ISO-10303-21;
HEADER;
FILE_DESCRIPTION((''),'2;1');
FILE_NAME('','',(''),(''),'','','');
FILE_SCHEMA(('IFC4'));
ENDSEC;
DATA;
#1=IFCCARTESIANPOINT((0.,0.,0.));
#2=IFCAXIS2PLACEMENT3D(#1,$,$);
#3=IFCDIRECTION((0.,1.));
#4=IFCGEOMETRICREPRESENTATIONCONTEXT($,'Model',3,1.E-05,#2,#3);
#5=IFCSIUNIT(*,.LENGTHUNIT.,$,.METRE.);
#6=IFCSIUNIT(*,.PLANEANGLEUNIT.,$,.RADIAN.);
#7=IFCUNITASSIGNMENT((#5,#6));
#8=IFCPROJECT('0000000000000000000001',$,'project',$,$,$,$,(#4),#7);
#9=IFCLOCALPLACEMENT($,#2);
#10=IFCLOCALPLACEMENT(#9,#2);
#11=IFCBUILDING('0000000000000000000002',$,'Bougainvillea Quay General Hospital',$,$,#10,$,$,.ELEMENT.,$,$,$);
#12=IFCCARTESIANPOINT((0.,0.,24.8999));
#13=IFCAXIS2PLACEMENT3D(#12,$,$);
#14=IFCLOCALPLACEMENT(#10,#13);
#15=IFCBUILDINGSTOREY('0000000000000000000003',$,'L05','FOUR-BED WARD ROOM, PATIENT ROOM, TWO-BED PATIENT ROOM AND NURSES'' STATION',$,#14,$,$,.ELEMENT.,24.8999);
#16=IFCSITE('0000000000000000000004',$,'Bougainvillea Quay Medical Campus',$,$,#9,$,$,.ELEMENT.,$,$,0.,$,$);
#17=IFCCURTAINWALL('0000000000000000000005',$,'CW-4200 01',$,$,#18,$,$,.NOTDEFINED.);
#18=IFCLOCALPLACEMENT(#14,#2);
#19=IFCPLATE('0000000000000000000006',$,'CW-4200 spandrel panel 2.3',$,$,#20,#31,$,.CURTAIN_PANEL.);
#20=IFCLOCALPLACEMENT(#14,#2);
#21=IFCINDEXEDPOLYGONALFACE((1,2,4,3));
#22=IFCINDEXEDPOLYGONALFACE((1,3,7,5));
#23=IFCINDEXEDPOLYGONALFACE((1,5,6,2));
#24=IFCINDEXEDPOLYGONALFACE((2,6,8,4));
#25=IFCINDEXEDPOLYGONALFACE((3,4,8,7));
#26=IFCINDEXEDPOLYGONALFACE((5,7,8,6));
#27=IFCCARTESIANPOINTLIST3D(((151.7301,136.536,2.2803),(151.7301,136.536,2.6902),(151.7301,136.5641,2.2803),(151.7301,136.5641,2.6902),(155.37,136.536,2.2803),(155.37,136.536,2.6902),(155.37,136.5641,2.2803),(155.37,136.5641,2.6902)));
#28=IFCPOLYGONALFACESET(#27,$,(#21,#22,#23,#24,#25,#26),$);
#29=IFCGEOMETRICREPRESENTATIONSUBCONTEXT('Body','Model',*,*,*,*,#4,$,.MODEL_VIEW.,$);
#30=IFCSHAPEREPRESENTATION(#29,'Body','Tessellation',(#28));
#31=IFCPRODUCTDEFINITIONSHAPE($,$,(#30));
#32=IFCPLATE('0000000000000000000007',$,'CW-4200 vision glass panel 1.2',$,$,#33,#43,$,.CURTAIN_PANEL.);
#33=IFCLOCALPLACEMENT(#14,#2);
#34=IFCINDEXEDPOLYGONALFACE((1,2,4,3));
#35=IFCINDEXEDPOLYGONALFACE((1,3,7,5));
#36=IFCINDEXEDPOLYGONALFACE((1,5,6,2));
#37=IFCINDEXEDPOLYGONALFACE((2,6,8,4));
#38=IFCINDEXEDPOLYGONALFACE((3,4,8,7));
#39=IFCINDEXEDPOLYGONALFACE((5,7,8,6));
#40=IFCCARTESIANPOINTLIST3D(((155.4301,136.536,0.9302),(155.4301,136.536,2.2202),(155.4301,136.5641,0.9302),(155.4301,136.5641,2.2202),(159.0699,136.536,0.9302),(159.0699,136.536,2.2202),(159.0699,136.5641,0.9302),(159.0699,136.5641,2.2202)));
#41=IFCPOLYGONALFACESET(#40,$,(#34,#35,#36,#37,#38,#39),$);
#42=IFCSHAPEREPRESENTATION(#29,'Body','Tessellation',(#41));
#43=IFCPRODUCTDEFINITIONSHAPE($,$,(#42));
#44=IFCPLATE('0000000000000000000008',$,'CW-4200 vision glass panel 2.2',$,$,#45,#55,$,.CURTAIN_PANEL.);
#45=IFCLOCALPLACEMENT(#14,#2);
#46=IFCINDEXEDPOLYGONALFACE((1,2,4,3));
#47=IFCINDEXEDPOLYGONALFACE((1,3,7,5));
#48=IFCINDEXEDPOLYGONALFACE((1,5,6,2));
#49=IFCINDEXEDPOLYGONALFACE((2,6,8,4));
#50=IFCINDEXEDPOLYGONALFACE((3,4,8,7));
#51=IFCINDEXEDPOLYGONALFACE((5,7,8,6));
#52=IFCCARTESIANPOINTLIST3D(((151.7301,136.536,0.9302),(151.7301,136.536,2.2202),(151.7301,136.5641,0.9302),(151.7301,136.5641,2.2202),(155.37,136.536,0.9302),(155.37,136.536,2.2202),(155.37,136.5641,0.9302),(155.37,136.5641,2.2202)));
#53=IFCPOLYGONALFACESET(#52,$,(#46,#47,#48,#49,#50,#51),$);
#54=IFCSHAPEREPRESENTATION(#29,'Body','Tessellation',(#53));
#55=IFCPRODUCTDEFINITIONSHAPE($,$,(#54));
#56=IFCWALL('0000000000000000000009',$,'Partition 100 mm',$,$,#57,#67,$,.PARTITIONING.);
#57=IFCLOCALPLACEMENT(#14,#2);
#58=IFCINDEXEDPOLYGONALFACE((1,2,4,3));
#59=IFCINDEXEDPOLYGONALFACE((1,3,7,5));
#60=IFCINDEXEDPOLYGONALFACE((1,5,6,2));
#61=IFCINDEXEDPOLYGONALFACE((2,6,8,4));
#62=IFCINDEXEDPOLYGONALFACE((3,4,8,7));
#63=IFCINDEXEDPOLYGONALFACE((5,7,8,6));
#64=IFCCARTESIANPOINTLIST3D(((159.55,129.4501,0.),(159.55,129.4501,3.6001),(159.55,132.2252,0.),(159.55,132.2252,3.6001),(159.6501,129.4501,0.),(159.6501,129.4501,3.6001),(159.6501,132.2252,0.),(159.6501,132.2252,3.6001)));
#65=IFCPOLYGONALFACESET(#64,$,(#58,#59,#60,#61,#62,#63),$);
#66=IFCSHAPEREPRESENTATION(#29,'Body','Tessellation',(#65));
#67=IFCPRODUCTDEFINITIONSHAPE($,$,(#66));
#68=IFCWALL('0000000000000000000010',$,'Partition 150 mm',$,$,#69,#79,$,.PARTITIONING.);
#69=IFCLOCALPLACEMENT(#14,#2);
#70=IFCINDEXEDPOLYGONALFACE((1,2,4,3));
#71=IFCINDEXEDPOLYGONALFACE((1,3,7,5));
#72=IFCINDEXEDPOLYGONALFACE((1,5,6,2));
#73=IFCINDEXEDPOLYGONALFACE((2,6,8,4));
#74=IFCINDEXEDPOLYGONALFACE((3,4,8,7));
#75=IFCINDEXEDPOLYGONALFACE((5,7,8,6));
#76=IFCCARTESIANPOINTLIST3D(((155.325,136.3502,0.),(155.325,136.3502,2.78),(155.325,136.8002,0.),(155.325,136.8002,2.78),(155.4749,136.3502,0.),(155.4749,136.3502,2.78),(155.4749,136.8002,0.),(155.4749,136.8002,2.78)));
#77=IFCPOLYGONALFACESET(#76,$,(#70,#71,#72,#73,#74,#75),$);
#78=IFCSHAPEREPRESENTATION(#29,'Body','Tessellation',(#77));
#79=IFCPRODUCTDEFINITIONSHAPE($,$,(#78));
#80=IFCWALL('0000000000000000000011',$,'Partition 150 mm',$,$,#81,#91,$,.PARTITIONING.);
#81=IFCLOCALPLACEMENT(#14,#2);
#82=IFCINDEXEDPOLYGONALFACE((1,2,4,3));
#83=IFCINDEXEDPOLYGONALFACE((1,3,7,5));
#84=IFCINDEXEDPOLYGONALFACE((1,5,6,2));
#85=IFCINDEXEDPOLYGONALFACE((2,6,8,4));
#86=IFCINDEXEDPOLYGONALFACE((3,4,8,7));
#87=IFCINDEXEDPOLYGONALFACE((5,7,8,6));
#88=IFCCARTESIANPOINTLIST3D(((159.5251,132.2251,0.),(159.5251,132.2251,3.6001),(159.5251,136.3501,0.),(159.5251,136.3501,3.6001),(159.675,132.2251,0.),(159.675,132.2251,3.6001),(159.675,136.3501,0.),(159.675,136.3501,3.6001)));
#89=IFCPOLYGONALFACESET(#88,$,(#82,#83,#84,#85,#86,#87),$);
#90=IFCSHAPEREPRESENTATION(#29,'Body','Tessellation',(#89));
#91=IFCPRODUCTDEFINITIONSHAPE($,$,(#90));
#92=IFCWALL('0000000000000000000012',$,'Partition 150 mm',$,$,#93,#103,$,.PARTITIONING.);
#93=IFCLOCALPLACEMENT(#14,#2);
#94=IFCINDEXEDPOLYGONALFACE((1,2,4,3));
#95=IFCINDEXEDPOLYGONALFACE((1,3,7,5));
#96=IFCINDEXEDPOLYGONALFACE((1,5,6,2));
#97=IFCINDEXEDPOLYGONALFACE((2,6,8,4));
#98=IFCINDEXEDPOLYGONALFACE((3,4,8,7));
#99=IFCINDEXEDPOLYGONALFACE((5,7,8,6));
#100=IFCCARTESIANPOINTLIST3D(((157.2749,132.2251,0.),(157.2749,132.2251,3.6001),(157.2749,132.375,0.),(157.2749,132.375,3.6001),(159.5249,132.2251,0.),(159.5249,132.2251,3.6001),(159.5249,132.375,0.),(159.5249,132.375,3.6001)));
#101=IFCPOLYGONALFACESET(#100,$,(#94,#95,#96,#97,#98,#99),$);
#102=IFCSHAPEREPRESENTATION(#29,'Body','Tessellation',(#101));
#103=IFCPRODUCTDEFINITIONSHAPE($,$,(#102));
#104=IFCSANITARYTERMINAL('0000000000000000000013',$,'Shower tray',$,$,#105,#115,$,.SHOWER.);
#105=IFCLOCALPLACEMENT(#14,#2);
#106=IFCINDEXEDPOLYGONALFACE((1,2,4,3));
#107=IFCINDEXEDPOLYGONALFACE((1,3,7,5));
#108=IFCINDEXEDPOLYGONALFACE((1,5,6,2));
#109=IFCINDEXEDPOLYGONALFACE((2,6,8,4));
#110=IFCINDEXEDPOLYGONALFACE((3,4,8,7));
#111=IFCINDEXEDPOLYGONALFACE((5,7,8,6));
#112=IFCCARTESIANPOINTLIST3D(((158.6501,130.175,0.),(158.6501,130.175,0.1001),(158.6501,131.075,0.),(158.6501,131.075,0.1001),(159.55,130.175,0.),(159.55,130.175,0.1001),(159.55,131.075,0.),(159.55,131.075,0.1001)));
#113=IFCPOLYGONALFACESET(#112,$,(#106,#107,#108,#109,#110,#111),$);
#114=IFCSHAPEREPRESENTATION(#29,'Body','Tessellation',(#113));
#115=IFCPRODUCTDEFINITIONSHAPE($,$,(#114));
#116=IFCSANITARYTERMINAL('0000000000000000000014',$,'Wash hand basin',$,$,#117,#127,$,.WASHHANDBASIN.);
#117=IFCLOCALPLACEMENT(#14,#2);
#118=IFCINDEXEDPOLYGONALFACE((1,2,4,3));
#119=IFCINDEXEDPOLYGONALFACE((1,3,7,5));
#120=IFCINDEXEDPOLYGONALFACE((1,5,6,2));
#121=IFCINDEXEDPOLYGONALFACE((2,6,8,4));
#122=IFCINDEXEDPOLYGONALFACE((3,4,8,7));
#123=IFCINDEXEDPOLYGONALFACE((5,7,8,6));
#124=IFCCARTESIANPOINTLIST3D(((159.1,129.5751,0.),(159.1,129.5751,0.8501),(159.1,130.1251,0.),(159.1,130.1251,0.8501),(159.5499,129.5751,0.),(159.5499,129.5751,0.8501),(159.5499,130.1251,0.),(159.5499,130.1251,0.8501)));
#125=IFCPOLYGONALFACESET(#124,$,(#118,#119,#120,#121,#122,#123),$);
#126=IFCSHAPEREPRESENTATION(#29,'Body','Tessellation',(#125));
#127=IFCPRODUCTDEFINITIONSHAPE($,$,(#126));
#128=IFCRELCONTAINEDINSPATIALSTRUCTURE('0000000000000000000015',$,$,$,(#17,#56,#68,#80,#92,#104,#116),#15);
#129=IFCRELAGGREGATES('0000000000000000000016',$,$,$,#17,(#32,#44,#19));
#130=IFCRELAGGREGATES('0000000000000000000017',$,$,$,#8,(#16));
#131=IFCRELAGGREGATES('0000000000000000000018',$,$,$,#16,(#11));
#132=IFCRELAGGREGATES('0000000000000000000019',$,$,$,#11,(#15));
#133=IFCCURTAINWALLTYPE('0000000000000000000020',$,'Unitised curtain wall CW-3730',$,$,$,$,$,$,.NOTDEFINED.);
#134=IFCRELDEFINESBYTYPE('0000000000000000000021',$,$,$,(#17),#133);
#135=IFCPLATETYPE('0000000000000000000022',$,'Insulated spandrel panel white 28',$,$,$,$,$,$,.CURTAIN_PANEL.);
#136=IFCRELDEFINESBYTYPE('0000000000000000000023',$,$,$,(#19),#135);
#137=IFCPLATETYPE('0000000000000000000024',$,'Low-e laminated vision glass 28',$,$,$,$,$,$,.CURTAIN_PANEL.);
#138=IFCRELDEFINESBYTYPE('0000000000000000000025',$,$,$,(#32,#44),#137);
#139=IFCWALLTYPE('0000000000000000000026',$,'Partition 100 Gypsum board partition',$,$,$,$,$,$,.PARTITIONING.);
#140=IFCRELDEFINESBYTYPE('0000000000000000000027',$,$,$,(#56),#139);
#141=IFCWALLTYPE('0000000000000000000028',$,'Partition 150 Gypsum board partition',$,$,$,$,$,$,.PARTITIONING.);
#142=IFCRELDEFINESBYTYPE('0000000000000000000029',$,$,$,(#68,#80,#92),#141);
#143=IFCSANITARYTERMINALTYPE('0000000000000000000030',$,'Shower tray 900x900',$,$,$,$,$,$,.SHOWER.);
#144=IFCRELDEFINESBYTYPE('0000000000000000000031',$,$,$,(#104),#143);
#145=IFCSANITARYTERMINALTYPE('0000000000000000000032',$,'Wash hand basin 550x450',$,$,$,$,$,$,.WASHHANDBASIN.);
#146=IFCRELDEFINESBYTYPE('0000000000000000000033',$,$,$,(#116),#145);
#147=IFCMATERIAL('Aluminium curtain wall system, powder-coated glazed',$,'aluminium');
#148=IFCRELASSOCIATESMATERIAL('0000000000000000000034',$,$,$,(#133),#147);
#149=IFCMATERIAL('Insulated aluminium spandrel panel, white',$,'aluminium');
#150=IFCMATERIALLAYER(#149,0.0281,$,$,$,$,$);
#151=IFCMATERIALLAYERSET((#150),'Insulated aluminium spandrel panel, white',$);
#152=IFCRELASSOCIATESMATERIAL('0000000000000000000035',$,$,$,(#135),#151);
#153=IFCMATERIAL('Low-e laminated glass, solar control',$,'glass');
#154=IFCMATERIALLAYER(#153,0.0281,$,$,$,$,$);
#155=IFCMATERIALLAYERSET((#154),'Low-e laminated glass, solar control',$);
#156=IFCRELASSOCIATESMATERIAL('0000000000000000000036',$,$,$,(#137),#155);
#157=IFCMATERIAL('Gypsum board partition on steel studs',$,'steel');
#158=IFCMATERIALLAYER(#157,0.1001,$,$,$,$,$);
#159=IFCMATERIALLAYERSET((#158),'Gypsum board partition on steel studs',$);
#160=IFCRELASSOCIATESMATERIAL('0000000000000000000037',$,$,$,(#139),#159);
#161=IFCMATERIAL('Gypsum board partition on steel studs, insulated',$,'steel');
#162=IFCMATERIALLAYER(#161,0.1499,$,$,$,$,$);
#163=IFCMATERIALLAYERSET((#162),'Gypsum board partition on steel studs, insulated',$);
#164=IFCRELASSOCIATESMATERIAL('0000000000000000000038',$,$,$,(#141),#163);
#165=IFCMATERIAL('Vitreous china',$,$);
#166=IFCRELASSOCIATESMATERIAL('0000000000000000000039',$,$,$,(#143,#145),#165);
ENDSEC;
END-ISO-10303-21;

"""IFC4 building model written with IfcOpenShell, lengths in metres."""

from ifc_helpers import new_model, si_unit, direction, frame, frame_2d, origin, origin_2d, place, context, subcontext, project, spatial, rectangle, extrude, material, layer, layer_set, type_object, element, aggregate, save


model = new_model("IFC4")

# Units and contexts
model_context = context("Model", 3, precision=1e-05, world=origin(), true_north=direction((0.0, 1.0)))
body_context = subcontext(model_context, "Body", "Model", "MODEL_VIEW")
ifc_project = project(units=[si_unit("LENGTHUNIT", "METRE"), si_unit("PLANEANGLEUNIT", "RADIAN")], contexts=[model_context])

# Site, building, storey
site_placement = place(None, origin())
site = spatial("IfcSite", under=ifc_project, at=site_placement, Name="Bougainvillea Quay Medical Campus", CompositionType="ELEMENT", RefElevation=0.0)
building_placement = place(site_placement, origin())
building = spatial("IfcBuilding", under=site, at=building_placement, Name="Bougainvillea Quay General Hospital", CompositionType="ELEMENT")
storey_placement = place(building_placement, frame((0.0, 0.0, 24.8999)))
storey = spatial("IfcBuildingStorey", under=building, at=storey_placement, Name="L05", Description="FOUR-BED WARD ROOM, PATIENT ROOM, TWO-BED PATIENT ROOM AND NURSES' STATION", CompositionType="ELEMENT", Elevation=24.8999)

# Curtain wall, plates
ifc_material_1 = material(Name="Aluminium curtain wall system, powder-coated glazed", Category="aluminium")
curtain_wall_type = type_object("IfcCurtainWallType", Name="Unitised curtain wall CW-3730", PredefinedType="NOTDEFINED", material=ifc_material_1)
curtain_wall_placement = place(storey_placement, origin())
curtain_wall = element("IfcCurtainWall", 1, at=curtain_wall_placement, inside=storey, type_object=curtain_wall_type, Name="CW-4200 01", PredefinedType="NOTDEFINED")
ifc_material_2 = material(Name="Insulated aluminium spandrel panel, white", Category="aluminium")
ifc_layer_1 = layer(ifc_material_2, 0.0281)
ifc_layer_set_1 = layer_set([ifc_layer_1], Name="Insulated aluminium spandrel panel, white")
plate_type_1 = type_object("IfcPlateType", Name="Insulated spandrel panel white 28", PredefinedType="CURTAIN_PANEL", material=ifc_layer_set_1)
plate_1_placement = place(storey_placement, frame((153.55, 136.55, 2.2803), z_axis=(0.0, 0.0, 1.0), x_axis=(-1.0, 0.0, 0.0)))
plate_1 = element("IfcPlate", 2, at=plate_1_placement, type_object=plate_type_1, Name="CW-4200 spandrel panel 2.3", PredefinedType="CURTAIN_PANEL", context=body_context, shape_type="SweptSolid", body=[
    extrude(rectangle(XDim=3.6399, YDim=0.0281, at=origin_2d()), origin(), (0.0, 0.0, 1.0), 0.4099),
])
ifc_material_3 = material(Name="Low-e laminated glass, solar control", Category="glass")
ifc_layer_2 = layer(ifc_material_3, 0.0281)
ifc_layer_set_2 = layer_set([ifc_layer_2], Name="Low-e laminated glass, solar control")
plate_type_2 = type_object("IfcPlateType", Name="Low-e laminated vision glass 28", PredefinedType="CURTAIN_PANEL", material=ifc_layer_set_2)
plate_2_placement = place(storey_placement, frame((157.25, 136.55, 0.9302), z_axis=(0.0, 0.0, 1.0), x_axis=(-1.0, 0.0, 0.0)))
plate_2 = element("IfcPlate", 3, at=plate_2_placement, type_object=plate_type_2, Name="CW-4200 vision glass panel 1.2", PredefinedType="CURTAIN_PANEL", context=body_context, shape_type="SweptSolid", body=[
    extrude(rectangle(XDim=3.6399, YDim=0.0281, at=origin_2d()), origin(), (0.0, 0.0, 1.0), 1.29),
])
plate_3_placement = place(storey_placement, frame((153.55, 136.55, 0.9302), z_axis=(0.0, 0.0, 1.0), x_axis=(-1.0, 0.0, 0.0)))
plate_3 = element("IfcPlate", 4, at=plate_3_placement, type_object=plate_type_2, Name="CW-4200 vision glass panel 2.2", PredefinedType="CURTAIN_PANEL", context=body_context, shape_type="SweptSolid", body=[
    extrude(rectangle(XDim=3.6399, YDim=0.0281, at=origin_2d()), origin(), (0.0, 0.0, 1.0), 1.29),
])
aggregate(curtain_wall, [plate_2, plate_3, plate_1])

# Walls
ifc_material_4 = material(Name="Gypsum board partition on steel studs", Category="steel")
ifc_layer_3 = layer(ifc_material_4, 0.1001)
ifc_layer_set_3 = layer_set([ifc_layer_3], Name="Gypsum board partition on steel studs")
wall_type_1 = type_object("IfcWallType", Name="Partition 100 Gypsum board partition", PredefinedType="PARTITIONING", material=ifc_layer_set_3)
wall_1_placement = place(storey_placement, frame((159.6001, 129.45, 0.0), z_axis=(0.0, 0.0, 1.0), x_axis=(0.0, 1.0, 0.0)))
element("IfcWall", 5, at=wall_1_placement, inside=storey, type_object=wall_type_1, Name="Partition 100 mm", PredefinedType="PARTITIONING", context=body_context, shape_type="SweptSolid", body=[
    extrude(rectangle(XDim=2.7751, YDim=0.1001, at=frame_2d((1.3877, 0.0))), origin(), (0.0, 0.0, 1.0), 3.6001),
])
ifc_material_5 = material(Name="Gypsum board partition on steel studs, insulated", Category="steel")
ifc_layer_4 = layer(ifc_material_5, 0.1499)
ifc_layer_set_4 = layer_set([ifc_layer_4], Name="Gypsum board partition on steel studs, insulated")
wall_type_2 = type_object("IfcWallType", Name="Partition 150 Gypsum board partition", PredefinedType="PARTITIONING", material=ifc_layer_set_4)
wall_2_placement = place(storey_placement, frame((155.3999, 136.3501, 0.0), z_axis=(0.0, 0.0, 1.0), x_axis=(0.0, 1.0, 0.0)))
element("IfcWall", 6, at=wall_2_placement, inside=storey, type_object=wall_type_2, Name="Partition 150 mm", PredefinedType="PARTITIONING", context=body_context, shape_type="SweptSolid", body=[
    extrude(rectangle(XDim=0.45, YDim=0.1499, at=frame_2d((0.2251, 0.0))), origin(), (0.0, 0.0, 1.0), 2.78),
])
wall_3_placement = place(storey_placement, frame((159.6001, 132.2251, 0.0), z_axis=(0.0, 0.0, 1.0), x_axis=(0.0, 1.0, 0.0)))
element("IfcWall", 7, at=wall_3_placement, inside=storey, type_object=wall_type_2, Name="Partition 150 mm", PredefinedType="PARTITIONING", context=body_context, shape_type="SweptSolid", body=[
    extrude(rectangle(XDim=4.125, YDim=0.1499, at=frame_2d((2.0625, 0.0))), origin(), (0.0, 0.0, 1.0), 3.6001),
])
wall_4_placement = place(storey_placement, frame((157.2749, 132.3, 0.0), z_axis=(0.0, 0.0, 1.0), x_axis=(1.0, 0.0, 0.0)))
element("IfcWall", 8, at=wall_4_placement, inside=storey, type_object=wall_type_2, Name="Partition 150 mm", PredefinedType="PARTITIONING", context=body_context, shape_type="SweptSolid", body=[
    extrude(rectangle(XDim=2.25, YDim=0.1499, at=frame_2d((1.125, 0.0))), origin(), (0.0, 0.0, 1.0), 3.6001),
])

# Sanitary terminals
ifc_material_6 = material(Name="Vitreous china")
sanitary_terminal_type_1 = type_object("IfcSanitaryTerminalType", Name="Shower tray 900x900", PredefinedType="SHOWER", material=ifc_material_6)
sanitary_terminal_1_placement = place(storey_placement, frame((159.1001, 130.625, 0.0), z_axis=(0.0, 0.0, 1.0), x_axis=(0.0, -1.0, 0.0)))
element("IfcSanitaryTerminal", 9, at=sanitary_terminal_1_placement, inside=storey, type_object=sanitary_terminal_type_1, Name="Shower tray", PredefinedType="SHOWER", context=body_context, shape_type="SweptSolid", body=[
    extrude(rectangle(XDim=0.8999, YDim=0.8999, at=origin_2d()), origin(), (0.0, 0.0, 1.0), 0.1001),
])
sanitary_terminal_type_2 = type_object("IfcSanitaryTerminalType", Name="Wash hand basin 550x450", PredefinedType="WASHHANDBASIN", material=ifc_material_6)
sanitary_terminal_2_placement = place(storey_placement, frame((159.325, 129.8501, 0.0), z_axis=(0.0, 0.0, 1.0), x_axis=(0.0, -1.0, 0.0)))
element("IfcSanitaryTerminal", 10, at=sanitary_terminal_2_placement, inside=storey, type_object=sanitary_terminal_type_2, Name="Wash hand basin", PredefinedType="WASHHANDBASIN", context=body_context, shape_type="SweptSolid", body=[
    extrude(rectangle(XDim=0.55, YDim=0.45, at=origin_2d()), origin(), (0.0, 0.0, 1.0), 0.8501),
])

save(model, "model.ifc")
